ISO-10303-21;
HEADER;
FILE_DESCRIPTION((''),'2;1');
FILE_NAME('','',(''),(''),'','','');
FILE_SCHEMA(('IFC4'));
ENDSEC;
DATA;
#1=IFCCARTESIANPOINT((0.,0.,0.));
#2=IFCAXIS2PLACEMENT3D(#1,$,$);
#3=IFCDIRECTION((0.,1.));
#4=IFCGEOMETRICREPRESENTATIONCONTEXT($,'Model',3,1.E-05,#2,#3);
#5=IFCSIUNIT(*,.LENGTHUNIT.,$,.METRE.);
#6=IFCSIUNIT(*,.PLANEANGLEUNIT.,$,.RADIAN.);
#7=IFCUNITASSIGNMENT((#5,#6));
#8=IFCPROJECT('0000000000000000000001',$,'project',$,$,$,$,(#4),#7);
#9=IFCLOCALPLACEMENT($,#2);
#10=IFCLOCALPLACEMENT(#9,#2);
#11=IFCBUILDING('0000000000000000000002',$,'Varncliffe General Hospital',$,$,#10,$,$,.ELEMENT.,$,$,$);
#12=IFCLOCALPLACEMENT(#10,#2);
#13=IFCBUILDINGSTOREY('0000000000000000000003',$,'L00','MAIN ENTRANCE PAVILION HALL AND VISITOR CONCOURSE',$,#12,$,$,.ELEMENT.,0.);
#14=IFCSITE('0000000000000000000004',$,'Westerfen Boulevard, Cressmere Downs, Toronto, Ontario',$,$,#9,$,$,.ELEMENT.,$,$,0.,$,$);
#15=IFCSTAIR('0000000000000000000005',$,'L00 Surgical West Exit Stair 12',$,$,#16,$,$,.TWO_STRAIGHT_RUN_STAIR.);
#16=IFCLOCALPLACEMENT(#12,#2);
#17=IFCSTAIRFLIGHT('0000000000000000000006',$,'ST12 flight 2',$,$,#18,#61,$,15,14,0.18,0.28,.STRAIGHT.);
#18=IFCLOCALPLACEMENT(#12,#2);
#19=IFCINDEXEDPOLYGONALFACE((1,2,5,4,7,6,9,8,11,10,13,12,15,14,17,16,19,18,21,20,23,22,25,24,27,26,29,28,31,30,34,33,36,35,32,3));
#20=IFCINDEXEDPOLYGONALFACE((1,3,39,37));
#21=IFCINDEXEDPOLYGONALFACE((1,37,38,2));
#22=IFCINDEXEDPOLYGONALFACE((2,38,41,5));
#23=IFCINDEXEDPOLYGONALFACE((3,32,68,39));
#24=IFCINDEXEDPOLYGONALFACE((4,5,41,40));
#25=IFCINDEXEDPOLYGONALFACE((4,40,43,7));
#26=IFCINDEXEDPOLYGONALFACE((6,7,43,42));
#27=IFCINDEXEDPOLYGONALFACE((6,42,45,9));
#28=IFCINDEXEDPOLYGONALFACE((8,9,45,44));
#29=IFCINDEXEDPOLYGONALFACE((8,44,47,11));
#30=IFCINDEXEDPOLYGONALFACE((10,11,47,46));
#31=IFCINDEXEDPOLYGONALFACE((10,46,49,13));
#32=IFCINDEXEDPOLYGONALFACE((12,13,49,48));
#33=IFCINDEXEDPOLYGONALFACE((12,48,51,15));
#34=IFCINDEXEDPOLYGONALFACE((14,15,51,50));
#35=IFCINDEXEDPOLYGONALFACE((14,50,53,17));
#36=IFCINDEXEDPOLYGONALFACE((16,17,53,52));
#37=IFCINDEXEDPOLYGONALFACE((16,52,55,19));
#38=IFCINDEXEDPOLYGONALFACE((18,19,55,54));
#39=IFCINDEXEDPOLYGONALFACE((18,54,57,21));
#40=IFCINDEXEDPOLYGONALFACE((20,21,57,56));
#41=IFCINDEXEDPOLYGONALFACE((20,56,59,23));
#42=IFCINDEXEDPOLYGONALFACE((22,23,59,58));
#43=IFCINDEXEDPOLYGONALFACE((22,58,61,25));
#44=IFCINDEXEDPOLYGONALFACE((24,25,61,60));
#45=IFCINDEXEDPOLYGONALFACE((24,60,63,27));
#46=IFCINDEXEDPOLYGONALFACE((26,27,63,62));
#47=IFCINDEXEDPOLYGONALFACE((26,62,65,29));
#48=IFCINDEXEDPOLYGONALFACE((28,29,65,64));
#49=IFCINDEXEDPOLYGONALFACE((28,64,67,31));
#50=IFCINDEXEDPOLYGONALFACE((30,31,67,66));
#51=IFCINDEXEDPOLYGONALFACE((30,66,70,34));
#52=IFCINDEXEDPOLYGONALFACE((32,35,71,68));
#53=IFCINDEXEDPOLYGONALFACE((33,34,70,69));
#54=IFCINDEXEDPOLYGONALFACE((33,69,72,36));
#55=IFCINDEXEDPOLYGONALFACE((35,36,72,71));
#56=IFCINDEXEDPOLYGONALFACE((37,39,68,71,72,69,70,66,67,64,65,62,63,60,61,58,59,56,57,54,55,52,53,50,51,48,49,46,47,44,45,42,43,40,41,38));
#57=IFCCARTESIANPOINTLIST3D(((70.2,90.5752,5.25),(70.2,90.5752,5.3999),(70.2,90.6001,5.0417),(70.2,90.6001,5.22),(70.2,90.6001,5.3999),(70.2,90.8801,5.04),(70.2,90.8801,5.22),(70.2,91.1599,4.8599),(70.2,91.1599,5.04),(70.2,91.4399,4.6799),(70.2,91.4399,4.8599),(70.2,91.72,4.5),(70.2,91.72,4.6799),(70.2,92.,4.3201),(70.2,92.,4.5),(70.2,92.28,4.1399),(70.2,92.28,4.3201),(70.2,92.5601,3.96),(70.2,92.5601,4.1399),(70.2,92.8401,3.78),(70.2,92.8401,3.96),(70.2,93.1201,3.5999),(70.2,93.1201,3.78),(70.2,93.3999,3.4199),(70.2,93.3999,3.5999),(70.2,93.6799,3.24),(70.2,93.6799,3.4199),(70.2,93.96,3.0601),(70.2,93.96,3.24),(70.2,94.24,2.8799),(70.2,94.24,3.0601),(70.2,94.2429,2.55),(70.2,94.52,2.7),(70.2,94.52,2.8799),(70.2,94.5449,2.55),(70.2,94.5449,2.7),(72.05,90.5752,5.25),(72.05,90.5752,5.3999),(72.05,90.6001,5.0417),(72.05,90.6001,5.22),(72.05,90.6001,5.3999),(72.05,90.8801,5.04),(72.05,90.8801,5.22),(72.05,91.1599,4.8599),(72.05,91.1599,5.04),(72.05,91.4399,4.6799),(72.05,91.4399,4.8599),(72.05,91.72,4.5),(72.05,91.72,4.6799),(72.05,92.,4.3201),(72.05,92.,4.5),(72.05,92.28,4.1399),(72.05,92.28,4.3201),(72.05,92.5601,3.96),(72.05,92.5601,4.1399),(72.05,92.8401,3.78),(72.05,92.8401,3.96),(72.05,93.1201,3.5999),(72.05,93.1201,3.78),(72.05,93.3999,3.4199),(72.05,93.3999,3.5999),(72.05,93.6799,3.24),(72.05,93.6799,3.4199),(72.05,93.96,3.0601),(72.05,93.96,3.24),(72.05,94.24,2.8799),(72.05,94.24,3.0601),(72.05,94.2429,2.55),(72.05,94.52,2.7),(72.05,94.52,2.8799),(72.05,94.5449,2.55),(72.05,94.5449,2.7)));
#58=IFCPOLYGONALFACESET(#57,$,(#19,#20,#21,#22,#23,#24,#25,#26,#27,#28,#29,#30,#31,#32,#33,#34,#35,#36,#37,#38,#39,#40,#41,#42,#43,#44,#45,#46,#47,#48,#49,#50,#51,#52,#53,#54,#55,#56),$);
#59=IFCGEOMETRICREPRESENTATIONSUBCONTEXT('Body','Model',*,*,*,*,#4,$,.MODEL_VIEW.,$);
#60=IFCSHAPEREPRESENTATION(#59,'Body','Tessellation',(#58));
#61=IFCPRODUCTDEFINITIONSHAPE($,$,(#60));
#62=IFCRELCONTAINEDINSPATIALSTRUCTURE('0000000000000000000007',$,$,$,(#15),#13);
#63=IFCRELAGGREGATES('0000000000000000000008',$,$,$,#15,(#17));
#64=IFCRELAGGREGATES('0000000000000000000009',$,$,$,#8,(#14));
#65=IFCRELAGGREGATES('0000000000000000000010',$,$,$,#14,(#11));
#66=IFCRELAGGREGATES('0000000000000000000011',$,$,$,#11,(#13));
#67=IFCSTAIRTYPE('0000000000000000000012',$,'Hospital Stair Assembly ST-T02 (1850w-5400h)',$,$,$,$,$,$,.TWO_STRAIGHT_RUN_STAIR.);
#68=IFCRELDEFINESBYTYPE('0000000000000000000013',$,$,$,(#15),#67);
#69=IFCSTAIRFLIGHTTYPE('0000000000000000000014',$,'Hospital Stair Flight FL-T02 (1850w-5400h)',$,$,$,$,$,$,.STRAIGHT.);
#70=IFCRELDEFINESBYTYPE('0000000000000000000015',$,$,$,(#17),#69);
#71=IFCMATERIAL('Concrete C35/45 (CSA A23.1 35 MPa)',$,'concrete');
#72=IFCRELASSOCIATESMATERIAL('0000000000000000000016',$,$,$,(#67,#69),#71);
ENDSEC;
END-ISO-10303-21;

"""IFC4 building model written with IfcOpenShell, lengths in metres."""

from ifc_helpers import new_model, si_unit, direction, frame, origin, place, context, subcontext, project, spatial, polyline, outline, extrude, material, type_object, element, aggregate, save


model = new_model("IFC4")

# Units and contexts
model_context = context("Model", 3, precision=1e-05, world=origin(), true_north=direction((0.0, 1.0)))
body_context = subcontext(model_context, "Body", "Model", "MODEL_VIEW")
ifc_project = project(units=[si_unit("LENGTHUNIT", "METRE"), si_unit("PLANEANGLEUNIT", "RADIAN")], contexts=[model_context])

# Site, building, storey
site_placement = place(None, origin())
site = spatial("IfcSite", under=ifc_project, at=site_placement, Name="Westerfen Boulevard, Cressmere Downs, Toronto, Ontario", CompositionType="ELEMENT", RefElevation=0.0)
building_placement = place(site_placement, origin())
building = spatial("IfcBuilding", under=site, at=building_placement, Name="Varncliffe General Hospital", CompositionType="ELEMENT")
storey_placement = place(building_placement, origin())
storey = spatial("IfcBuildingStorey", under=building, at=storey_placement, Name="L00", Description="MAIN ENTRANCE PAVILION HALL AND VISITOR CONCOURSE", CompositionType="ELEMENT", Elevation=0.0)

# Shared definitions
ifc_material_1 = material(Name="Concrete C35/45 (CSA A23.1 35 MPa)", Category="concrete")

# Stair, stair flight
stair_type = type_object("IfcStairType", Name="Hospital Stair Assembly ST-T02 (1850w-5400h)", PredefinedType="TWO_STRAIGHT_RUN_STAIR", material=ifc_material_1)
stair_placement = place(storey_placement, origin())
stair = element("IfcStair", 1, at=stair_placement, inside=storey, type_object=stair_type, Name="L00 Surgical West Exit Stair 12", PredefinedType="TWO_STRAIGHT_RUN_STAIR")
stair_flight_type = type_object("IfcStairFlightType", Name="Hospital Stair Flight FL-T02 (1850w-5400h)", PredefinedType="STRAIGHT", material=ifc_material_1)
stair_flight_placement = place(storey_placement, frame((71.125, 94.52, 2.7), z_axis=(0.0, 0.0, 1.0), x_axis=(0.0, -1.0, 0.0)))
stair_flight = element("IfcStairFlight", 2, at=stair_flight_placement, type_object=stair_flight_type, Name="ST12 flight 2", NumberOfRisers=15, NumberOfTreads=14, PredefinedType="STRAIGHT", RiserHeight=0.18, TreadLength=0.28, context=body_context, shape_type="SweptSolid", body=[
    extrude(outline(polyline([(-0.0249, -0.1499), (-0.0249, 0.0), (0.0, 0.0), (0.0, 0.1799), (0.28, 0.1799), (0.28, 0.3601), (0.5601, 0.3601), (0.5601, 0.54), (0.8401, 0.54), (0.8401, 0.72), (1.1201, 0.72), (1.1201, 0.8999), (1.3999, 0.8999), (1.3999, 1.0801), (1.6799, 1.0801), (1.6799, 1.26), (1.96, 1.26), (1.96, 1.4399), (2.24, 1.4399), (2.24, 1.6201), (2.52, 1.6201), (2.52, 1.8), (2.8, 1.8), (2.8, 1.98), (3.0801, 1.98), (3.0801, 2.1599), (3.3601, 2.1599), (3.3601, 2.3401), (3.6399, 2.3401), (3.6399, 2.52), (3.9199, 2.52), (3.9199, 2.7), (3.9448, 2.7), (3.9448, 2.55), (3.9199, 2.3418), (0.2771, -0.1499), (-0.0249, -0.1499)])), frame((0.0, 0.925, 0.0), z_axis=(0.0, -1.0, 0.0), x_axis=(1.0, 0.0, 0.0)), (0.0, 0.0, 1.0), 1.8501),
])
aggregate(stair, [stair_flight])

save(model, "model.ifc")
